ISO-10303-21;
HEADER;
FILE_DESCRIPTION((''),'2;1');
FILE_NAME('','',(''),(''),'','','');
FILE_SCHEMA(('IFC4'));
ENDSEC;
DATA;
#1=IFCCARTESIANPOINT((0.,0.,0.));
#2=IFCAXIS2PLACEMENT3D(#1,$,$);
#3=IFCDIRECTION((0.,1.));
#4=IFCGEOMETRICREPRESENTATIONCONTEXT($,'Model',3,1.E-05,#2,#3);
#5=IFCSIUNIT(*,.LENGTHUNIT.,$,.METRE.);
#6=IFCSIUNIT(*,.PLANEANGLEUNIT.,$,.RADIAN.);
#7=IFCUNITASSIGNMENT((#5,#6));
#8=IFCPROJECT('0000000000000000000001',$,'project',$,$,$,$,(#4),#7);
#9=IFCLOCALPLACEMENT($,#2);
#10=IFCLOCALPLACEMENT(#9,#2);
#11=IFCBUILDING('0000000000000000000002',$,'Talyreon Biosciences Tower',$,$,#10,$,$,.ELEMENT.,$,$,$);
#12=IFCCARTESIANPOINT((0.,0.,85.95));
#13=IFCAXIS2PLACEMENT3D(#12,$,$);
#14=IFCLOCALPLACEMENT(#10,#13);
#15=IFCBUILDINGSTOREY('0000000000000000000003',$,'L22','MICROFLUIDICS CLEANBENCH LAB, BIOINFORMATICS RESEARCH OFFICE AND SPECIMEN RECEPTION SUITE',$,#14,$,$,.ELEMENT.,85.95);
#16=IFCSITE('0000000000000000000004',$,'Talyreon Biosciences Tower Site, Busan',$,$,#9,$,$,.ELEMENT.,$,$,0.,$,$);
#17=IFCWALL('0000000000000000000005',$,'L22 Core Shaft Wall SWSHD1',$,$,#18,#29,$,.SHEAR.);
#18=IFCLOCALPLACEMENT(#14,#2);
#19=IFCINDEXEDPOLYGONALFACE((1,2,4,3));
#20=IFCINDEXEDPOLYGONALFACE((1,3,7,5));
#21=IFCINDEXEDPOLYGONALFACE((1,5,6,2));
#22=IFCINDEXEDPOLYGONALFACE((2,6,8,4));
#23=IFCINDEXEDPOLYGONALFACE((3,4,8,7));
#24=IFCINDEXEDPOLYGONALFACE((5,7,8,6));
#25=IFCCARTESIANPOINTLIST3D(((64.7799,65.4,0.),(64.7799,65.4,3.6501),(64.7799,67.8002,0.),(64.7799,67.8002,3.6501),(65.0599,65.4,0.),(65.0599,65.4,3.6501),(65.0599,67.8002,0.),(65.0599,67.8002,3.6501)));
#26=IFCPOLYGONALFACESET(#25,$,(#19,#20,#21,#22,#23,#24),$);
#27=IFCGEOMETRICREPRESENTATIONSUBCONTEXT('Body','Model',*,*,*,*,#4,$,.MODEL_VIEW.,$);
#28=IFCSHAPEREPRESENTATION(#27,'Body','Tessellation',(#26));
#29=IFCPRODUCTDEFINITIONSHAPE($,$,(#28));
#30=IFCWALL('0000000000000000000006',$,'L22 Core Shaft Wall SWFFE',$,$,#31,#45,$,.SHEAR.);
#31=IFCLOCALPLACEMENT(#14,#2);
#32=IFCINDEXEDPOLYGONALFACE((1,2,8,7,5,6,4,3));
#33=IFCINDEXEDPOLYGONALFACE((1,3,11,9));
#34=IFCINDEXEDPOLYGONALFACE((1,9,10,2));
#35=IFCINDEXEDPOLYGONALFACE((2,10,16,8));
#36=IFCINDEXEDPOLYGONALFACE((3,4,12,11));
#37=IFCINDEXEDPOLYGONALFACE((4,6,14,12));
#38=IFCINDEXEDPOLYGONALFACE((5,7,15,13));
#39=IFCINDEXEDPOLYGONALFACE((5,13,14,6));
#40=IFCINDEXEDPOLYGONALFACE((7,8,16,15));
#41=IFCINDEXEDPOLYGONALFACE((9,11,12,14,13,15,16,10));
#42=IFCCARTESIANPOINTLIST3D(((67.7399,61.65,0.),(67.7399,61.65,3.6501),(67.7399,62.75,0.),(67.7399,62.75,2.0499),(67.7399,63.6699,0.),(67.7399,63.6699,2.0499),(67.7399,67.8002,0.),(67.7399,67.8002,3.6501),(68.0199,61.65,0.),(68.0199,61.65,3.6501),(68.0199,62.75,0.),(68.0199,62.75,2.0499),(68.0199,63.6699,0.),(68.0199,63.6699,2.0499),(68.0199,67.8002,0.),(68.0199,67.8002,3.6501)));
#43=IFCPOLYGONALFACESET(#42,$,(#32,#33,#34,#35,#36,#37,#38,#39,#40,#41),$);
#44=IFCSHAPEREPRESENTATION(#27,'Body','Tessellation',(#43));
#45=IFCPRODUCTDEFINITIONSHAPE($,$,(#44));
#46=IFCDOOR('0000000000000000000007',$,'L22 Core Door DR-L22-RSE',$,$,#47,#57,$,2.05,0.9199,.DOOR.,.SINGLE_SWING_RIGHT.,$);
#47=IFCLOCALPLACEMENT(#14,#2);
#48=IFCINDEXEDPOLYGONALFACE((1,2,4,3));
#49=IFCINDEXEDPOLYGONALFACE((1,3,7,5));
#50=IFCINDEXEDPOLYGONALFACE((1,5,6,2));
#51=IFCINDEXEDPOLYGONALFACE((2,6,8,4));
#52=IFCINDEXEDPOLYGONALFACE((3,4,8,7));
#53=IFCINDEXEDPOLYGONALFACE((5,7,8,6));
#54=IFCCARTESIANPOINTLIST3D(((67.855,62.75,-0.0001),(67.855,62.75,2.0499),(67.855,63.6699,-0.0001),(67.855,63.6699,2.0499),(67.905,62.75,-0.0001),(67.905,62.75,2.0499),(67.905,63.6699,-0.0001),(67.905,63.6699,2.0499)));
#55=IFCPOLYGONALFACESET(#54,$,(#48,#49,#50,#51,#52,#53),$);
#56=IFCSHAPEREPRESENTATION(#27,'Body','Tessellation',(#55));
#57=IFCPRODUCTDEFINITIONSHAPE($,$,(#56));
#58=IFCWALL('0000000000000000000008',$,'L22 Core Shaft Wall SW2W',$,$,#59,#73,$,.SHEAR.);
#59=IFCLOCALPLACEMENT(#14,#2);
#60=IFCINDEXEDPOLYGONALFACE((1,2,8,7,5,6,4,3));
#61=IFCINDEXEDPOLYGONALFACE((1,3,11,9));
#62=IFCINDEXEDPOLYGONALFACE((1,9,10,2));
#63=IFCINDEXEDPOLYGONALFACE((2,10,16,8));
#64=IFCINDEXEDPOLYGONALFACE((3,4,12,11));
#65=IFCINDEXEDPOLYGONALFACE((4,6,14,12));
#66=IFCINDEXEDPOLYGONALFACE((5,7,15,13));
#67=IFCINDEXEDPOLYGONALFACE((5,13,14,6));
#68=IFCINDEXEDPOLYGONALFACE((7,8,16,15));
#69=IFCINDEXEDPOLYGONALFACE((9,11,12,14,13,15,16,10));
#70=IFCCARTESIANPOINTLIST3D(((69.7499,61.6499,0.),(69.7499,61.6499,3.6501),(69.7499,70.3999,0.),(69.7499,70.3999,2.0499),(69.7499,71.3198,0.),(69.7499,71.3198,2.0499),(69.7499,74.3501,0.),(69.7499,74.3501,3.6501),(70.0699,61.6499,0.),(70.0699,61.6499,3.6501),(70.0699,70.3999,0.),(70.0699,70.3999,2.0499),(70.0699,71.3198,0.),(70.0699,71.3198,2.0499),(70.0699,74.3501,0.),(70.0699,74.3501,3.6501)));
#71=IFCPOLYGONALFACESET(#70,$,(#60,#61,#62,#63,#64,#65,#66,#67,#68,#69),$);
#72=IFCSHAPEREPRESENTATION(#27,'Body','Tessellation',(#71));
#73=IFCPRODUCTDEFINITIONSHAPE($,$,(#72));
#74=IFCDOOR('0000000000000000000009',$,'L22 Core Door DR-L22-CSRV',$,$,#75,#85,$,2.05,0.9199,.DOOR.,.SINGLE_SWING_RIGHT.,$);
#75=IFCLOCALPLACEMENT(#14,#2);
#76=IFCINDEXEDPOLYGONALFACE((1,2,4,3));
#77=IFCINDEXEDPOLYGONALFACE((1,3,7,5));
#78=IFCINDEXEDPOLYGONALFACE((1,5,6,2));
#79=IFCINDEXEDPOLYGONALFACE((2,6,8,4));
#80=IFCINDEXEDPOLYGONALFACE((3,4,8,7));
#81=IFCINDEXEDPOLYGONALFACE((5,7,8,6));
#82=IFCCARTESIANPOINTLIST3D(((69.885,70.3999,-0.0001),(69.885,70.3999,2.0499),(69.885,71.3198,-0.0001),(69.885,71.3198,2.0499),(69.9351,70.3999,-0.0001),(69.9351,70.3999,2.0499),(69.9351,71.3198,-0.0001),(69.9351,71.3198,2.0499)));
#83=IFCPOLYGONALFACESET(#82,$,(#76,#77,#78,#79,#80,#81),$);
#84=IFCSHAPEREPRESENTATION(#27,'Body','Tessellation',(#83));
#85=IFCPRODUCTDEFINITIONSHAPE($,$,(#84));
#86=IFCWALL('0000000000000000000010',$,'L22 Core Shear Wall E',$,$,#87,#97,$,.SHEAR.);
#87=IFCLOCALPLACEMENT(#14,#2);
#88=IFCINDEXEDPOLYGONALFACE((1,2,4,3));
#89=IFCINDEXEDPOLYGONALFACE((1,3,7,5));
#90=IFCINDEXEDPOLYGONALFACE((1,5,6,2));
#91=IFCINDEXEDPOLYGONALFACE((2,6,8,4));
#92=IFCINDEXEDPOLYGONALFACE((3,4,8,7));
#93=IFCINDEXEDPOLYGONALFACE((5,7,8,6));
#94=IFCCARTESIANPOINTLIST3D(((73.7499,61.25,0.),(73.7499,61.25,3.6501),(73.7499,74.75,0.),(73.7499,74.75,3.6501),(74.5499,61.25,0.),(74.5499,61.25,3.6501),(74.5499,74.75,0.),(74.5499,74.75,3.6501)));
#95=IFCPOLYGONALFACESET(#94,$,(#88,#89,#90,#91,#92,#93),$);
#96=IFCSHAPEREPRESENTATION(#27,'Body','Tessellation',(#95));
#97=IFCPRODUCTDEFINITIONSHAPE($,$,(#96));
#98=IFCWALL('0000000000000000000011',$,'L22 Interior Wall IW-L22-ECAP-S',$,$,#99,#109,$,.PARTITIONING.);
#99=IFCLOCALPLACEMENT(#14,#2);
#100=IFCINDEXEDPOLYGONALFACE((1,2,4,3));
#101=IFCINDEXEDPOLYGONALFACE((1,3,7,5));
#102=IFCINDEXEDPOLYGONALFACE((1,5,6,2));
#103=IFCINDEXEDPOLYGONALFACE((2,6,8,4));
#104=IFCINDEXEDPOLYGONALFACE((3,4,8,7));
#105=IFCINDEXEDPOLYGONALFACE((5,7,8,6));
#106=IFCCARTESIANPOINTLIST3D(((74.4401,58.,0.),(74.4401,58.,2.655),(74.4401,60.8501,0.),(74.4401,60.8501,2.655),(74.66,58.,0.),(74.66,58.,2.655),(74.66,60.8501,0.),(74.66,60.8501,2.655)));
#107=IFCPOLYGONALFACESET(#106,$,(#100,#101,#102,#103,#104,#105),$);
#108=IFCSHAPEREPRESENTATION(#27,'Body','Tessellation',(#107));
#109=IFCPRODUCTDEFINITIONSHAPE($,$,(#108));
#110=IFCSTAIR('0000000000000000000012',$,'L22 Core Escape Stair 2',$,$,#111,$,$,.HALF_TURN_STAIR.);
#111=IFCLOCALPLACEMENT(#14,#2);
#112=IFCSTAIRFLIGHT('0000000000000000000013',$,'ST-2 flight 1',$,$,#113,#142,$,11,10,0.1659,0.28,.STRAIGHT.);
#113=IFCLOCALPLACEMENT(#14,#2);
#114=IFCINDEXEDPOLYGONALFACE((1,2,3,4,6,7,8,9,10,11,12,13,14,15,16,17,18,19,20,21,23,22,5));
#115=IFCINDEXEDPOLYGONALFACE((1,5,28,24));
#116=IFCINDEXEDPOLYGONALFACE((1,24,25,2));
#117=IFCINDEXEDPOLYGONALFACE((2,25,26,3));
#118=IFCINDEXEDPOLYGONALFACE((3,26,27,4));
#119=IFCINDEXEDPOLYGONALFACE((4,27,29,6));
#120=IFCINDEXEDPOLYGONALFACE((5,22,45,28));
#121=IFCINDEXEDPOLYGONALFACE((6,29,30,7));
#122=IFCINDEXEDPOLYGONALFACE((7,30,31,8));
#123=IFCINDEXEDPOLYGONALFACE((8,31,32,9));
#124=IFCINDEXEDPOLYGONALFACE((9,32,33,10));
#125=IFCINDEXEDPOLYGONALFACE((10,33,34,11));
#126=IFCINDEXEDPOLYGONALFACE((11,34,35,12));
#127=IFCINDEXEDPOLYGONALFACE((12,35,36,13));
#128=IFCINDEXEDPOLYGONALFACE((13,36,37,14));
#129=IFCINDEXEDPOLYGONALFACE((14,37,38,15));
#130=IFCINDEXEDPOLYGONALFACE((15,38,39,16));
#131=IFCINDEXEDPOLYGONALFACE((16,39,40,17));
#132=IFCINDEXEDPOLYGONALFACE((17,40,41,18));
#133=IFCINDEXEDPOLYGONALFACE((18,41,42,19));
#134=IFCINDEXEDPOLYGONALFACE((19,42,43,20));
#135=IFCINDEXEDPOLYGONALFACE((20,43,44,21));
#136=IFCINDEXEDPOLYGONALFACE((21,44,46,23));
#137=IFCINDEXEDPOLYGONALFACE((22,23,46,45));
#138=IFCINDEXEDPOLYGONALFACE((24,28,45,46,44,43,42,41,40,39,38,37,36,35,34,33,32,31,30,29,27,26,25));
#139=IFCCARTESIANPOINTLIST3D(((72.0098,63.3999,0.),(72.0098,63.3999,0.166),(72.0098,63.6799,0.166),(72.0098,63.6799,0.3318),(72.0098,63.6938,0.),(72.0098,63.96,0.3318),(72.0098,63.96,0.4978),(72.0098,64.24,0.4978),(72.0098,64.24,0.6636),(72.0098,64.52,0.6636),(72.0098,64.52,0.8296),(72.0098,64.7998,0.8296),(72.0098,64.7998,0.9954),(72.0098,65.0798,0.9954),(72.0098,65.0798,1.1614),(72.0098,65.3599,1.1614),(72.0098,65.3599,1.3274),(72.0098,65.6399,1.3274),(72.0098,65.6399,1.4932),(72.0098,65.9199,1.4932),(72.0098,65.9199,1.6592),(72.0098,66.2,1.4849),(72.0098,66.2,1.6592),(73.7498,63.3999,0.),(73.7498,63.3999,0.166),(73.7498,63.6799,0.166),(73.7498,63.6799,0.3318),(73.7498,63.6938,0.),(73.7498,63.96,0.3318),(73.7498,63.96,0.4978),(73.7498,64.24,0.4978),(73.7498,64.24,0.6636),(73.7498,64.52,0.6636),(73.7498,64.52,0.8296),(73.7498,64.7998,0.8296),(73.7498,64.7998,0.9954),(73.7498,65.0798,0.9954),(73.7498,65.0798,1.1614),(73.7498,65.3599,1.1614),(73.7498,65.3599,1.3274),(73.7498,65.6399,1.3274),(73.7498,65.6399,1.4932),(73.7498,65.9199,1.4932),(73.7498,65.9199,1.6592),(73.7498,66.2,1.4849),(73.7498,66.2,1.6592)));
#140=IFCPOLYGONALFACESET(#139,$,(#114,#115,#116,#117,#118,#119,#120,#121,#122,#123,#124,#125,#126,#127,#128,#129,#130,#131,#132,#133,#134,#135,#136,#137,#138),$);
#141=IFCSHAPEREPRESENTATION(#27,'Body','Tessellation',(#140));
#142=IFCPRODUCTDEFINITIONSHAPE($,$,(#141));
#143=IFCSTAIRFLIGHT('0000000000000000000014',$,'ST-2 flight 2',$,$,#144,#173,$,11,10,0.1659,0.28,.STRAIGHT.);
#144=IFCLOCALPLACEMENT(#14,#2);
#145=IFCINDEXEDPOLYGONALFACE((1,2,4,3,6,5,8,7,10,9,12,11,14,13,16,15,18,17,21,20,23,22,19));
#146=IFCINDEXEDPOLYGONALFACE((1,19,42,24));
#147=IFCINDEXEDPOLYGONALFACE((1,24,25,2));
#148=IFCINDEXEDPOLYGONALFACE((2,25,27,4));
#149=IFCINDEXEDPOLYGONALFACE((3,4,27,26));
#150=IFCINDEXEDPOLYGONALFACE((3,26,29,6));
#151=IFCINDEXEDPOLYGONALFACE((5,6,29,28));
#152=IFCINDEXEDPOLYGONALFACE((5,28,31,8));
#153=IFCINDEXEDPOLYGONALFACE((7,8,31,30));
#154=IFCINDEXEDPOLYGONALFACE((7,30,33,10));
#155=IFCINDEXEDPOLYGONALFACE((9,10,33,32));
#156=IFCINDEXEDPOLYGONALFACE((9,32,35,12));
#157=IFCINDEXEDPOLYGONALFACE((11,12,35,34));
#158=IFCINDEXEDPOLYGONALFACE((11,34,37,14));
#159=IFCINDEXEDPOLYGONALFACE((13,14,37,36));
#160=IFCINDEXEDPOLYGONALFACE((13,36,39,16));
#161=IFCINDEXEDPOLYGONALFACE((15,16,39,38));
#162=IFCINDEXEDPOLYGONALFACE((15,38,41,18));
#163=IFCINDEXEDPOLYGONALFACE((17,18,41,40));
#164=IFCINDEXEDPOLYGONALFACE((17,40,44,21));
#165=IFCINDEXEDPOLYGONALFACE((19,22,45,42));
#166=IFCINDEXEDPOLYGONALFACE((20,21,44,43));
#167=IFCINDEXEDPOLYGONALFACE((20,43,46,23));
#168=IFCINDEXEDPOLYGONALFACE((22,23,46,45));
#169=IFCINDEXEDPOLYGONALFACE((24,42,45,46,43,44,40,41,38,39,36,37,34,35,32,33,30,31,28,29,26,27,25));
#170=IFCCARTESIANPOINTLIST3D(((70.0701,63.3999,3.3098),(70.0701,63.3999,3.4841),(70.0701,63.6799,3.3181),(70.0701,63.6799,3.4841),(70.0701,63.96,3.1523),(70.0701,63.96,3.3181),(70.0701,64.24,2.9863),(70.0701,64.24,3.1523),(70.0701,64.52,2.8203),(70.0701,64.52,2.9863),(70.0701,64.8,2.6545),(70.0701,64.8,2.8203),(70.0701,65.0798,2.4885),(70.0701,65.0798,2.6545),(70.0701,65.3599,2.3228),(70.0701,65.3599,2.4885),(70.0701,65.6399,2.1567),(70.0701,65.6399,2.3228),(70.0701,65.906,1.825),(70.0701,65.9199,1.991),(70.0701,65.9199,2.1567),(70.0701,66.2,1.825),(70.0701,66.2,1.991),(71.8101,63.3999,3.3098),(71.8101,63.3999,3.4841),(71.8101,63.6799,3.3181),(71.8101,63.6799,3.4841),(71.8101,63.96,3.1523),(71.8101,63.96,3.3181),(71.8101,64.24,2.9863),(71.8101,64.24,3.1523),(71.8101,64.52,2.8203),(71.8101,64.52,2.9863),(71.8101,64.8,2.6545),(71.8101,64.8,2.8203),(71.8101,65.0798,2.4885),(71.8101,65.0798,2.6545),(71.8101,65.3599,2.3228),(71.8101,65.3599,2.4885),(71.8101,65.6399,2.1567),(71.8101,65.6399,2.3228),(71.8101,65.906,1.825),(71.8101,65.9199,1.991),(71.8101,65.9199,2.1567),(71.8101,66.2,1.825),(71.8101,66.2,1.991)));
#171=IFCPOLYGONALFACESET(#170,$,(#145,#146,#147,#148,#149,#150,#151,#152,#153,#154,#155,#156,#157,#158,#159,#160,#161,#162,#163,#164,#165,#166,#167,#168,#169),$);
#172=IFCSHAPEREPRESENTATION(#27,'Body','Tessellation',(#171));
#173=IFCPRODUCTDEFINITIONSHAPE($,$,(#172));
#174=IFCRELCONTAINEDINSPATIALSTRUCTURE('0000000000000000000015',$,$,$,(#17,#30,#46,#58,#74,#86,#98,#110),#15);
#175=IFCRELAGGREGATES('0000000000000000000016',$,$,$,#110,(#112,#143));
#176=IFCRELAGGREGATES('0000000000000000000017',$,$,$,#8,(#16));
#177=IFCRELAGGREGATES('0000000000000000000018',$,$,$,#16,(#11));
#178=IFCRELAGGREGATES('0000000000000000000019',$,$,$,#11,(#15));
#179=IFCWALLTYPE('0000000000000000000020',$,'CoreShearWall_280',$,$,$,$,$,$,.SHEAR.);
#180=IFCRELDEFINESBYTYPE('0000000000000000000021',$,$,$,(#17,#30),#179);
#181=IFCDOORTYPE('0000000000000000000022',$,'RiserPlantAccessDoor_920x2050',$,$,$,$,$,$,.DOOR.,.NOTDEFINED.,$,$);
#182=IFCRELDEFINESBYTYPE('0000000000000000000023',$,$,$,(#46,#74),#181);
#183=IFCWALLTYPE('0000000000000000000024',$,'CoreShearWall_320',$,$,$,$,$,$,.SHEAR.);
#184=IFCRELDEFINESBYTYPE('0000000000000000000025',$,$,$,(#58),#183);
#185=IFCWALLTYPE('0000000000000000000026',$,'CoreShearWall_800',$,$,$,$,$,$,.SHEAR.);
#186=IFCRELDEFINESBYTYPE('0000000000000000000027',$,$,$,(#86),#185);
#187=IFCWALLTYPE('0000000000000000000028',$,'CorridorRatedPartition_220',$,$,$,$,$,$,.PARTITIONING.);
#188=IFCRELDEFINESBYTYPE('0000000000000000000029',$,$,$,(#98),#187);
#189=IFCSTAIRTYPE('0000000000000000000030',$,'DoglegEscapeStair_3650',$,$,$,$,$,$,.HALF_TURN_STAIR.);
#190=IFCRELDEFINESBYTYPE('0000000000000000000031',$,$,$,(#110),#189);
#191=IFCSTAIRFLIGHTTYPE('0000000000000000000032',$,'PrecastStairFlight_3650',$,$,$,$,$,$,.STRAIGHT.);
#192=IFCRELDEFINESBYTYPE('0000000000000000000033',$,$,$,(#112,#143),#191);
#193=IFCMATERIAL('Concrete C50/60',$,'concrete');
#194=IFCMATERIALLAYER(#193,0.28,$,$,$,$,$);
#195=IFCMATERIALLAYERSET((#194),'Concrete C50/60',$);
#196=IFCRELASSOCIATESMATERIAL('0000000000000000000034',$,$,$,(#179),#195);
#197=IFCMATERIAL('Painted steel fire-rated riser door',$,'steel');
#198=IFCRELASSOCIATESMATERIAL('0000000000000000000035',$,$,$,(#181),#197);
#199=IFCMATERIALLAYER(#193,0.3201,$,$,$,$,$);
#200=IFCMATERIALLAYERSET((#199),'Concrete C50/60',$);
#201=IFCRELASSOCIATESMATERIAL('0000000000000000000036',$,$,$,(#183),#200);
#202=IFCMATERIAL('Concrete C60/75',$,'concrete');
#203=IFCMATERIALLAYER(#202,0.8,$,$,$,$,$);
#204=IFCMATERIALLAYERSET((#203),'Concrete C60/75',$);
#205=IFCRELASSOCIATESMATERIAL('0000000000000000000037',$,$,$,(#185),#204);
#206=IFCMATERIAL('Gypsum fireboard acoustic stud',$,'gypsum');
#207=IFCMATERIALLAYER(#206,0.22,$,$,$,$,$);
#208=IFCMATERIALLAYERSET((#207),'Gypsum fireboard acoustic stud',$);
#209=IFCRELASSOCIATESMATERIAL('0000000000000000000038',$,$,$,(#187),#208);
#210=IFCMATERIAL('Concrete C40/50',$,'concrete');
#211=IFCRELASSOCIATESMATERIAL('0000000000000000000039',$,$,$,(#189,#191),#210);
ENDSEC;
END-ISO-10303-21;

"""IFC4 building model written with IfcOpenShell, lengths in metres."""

from ifc_helpers import new_model, si_unit, direction, frame, frame_2d, origin, place, context, subcontext, project, spatial, polyline, rectangle, outline, extrude, material, layer, layer_set, type_object, element, fill, aggregate, save


model = new_model("IFC4")

# Units and contexts
model_context = context("Model", 3, precision=1e-05, world=origin(), true_north=direction((0.0, 1.0)))
body_context = subcontext(model_context, "Body", "Model", "MODEL_VIEW")
ifc_project = project(units=[si_unit("LENGTHUNIT", "METRE"), si_unit("PLANEANGLEUNIT", "RADIAN")], contexts=[model_context])

# Site, building, storey
site_placement = place(None, origin())
site = spatial("IfcSite", under=ifc_project, at=site_placement, Name="Talyreon Biosciences Tower Site, Busan", CompositionType="ELEMENT", RefElevation=0.0)
building_placement = place(site_placement, origin())
building = spatial("IfcBuilding", under=site, at=building_placement, Name="Talyreon Biosciences Tower", CompositionType="ELEMENT")
storey_placement = place(building_placement, frame((0.0, 0.0, 85.95)))
storey = spatial("IfcBuildingStorey", under=building, at=storey_placement, Name="L22", Description="MICROFLUIDICS CLEANBENCH LAB, BIOINFORMATICS RESEARCH OFFICE AND SPECIMEN RECEPTION SUITE", CompositionType="ELEMENT", Elevation=85.95)

# Shared definitions
ifc_material_1 = material(Name="Concrete C60/75", Category="concrete")
ifc_material_2 = material(Name="Concrete C50/60", Category="concrete")

# Wall
ifc_layer_1 = layer(ifc_material_2, 0.28)
ifc_layer_set_1 = layer_set([ifc_layer_1], Name="Concrete C50/60")
wall_type_1 = type_object("IfcWallType", Name="CoreShearWall_280", PredefinedType="SHEAR", material=ifc_layer_set_1)
wall_1_placement = place(storey_placement, frame((64.9199, 65.3999, 0.0), z_axis=(0.0, 0.0, 1.0), x_axis=(0.0, 1.0, 0.0)))
element("IfcWall", 1, at=wall_1_placement, inside=storey, type_object=wall_type_1, Name="L22 Core Shaft Wall SWSHD1", PredefinedType="SHEAR", context=body_context, shape_type="SweptSolid", body=[
    extrude(rectangle(XDim=2.4001, YDim=0.28, at=frame_2d((1.2002, 0.0))), origin(), (0.0, 0.0, 1.0), 3.6501),
])

# Walls, openings, doors
wall_2_placement = place(storey_placement, frame((67.8799, 61.6499, 0.0), z_axis=(0.0, 0.0, 1.0), x_axis=(0.0, 1.0, 0.0)))
wall_2 = element("IfcWall", 2, at=wall_2_placement, inside=storey, type_object=wall_type_1, Name="L22 Core Shaft Wall SWFFE", PredefinedType="SHEAR", context=body_context, shape_type="SweptSolid", body=[
    extrude(rectangle(XDim=6.1501, YDim=0.28, at=frame_2d((3.0752, 0.0))), origin(), (0.0, 0.0, 1.0), 3.6501),
])
opening_1_placement = place(wall_2_placement, frame((1.1001, 0.0, 0.0)))
opening_1 = element("IfcOpeningElement", 3, at=opening_1_placement, cuts=wall_2, PredefinedType="OPENING", context=body_context, shape_type="SweptSolid", body=[
    extrude(rectangle(XDim=0.9199, YDim=2.05, at=frame_2d((0.46, 1.0249))), frame((0.0, 0.1499, 0.0), z_axis=(0.0, -1.0, 0.0), x_axis=(1.0, 0.0, 0.0)), (0.0, 0.0, 1.0), 0.3),
])
ifc_material_3 = material(Name="Painted steel fire-rated riser door", Category="steel")
door_type = type_object("IfcDoorType", Name="RiserPlantAccessDoor_920x2050", OperationType="NOTDEFINED", PredefinedType="DOOR", material=ifc_material_3)
door_1_placement = place(opening_1_placement, origin())
door_1 = element("IfcDoor", 4, at=door_1_placement, inside=storey, type_object=door_type, Name="L22 Core Door DR-L22-RSE", OperationType="SINGLE_SWING_RIGHT", OverallHeight=2.05, OverallWidth=0.9199, PredefinedType="DOOR", context=body_context, shape_type="SweptSolid", body=[
    extrude(rectangle(XDim=0.9199, YDim=2.05, at=frame_2d((0.46, 1.0249))), frame((0.0, 0.0249, 0.0), z_axis=(0.0, -1.0, 0.0), x_axis=(1.0, 0.0, 0.0)), (0.0, 0.0, 1.0), 0.05),
])
fill(opening_1, door_1)
ifc_layer_2 = layer(ifc_material_2, 0.3201)
ifc_layer_set_2 = layer_set([ifc_layer_2], Name="Concrete C50/60")
wall_type_2 = type_object("IfcWallType", Name="CoreShearWall_320", PredefinedType="SHEAR", material=ifc_layer_set_2)
wall_3_placement = place(storey_placement, frame((69.9099, 61.6499, 0.0), z_axis=(0.0, 0.0, 1.0), x_axis=(0.0, 1.0, 0.0)))
wall_3 = element("IfcWall", 5, at=wall_3_placement, inside=storey, type_object=wall_type_2, Name="L22 Core Shaft Wall SW2W", PredefinedType="SHEAR", context=body_context, shape_type="SweptSolid", body=[
    extrude(rectangle(XDim=12.7002, YDim=0.3201, at=frame_2d((6.3501, 0.0))), origin(), (0.0, 0.0, 1.0), 3.6501),
])
opening_2_placement = place(wall_3_placement, frame((8.75, 0.0, 0.0)))
opening_2 = element("IfcOpeningElement", 6, at=opening_2_placement, cuts=wall_3, PredefinedType="OPENING", context=body_context, shape_type="SweptSolid", body=[
    extrude(rectangle(XDim=0.9199, YDim=2.05, at=frame_2d((0.46, 1.0249))), frame((0.0, 0.1699, 0.0), z_axis=(0.0, -1.0, 0.0), x_axis=(1.0, 0.0, 0.0)), (0.0, 0.0, 1.0), 0.3401),
])
door_2_placement = place(opening_2_placement, origin())
door_2 = element("IfcDoor", 7, at=door_2_placement, inside=storey, type_object=door_type, Name="L22 Core Door DR-L22-CSRV", OperationType="SINGLE_SWING_RIGHT", OverallHeight=2.05, OverallWidth=0.9199, PredefinedType="DOOR", context=body_context, shape_type="SweptSolid", body=[
    extrude(rectangle(XDim=0.9199, YDim=2.05, at=frame_2d((0.46, 1.0249))), frame((0.0, 0.0249, 0.0), z_axis=(0.0, -1.0, 0.0), x_axis=(1.0, 0.0, 0.0)), (0.0, 0.0, 1.0), 0.05),
])
fill(opening_2, door_2)

# Walls
ifc_layer_3 = layer(ifc_material_1, 0.8)
ifc_layer_set_3 = layer_set([ifc_layer_3], Name="Concrete C60/75")
wall_type_3 = type_object("IfcWallType", Name="CoreShearWall_800", PredefinedType="SHEAR", material=ifc_layer_set_3)
wall_4_placement = place(storey_placement, frame((74.1499, 61.25, 0.0), z_axis=(0.0, 0.0, 1.0), x_axis=(0.0, 1.0, 0.0)))
element("IfcWall", 8, at=wall_4_placement, inside=storey, type_object=wall_type_3, Name="L22 Core Shear Wall E", PredefinedType="SHEAR", context=body_context, shape_type="SweptSolid", body=[
    extrude(rectangle(XDim=13.5, YDim=0.8, at=frame_2d((6.75, 0.0))), origin(), (0.0, 0.0, 1.0), 3.6501),
])
ifc_material_4 = material(Name="Gypsum fireboard acoustic stud", Category="gypsum")
ifc_layer_4 = layer(ifc_material_4, 0.22)
ifc_layer_set_4 = layer_set([ifc_layer_4], Name="Gypsum fireboard acoustic stud")
wall_type_4 = type_object("IfcWallType", Name="CorridorRatedPartition_220", PredefinedType="PARTITIONING", material=ifc_layer_set_4)
wall_5_placement = place(storey_placement, frame((74.55, 58.0, 0.0), z_axis=(0.0, 0.0, 1.0), x_axis=(0.0, 1.0, 0.0)))
element("IfcWall", 9, at=wall_5_placement, inside=storey, type_object=wall_type_4, Name="L22 Interior Wall IW-L22-ECAP-S", PredefinedType="PARTITIONING", context=body_context, shape_type="SweptSolid", body=[
    extrude(rectangle(XDim=2.8501, YDim=0.22, at=frame_2d((1.425, 0.0))), origin(), (0.0, 0.0, 1.0), 2.655),
])

# Stair, stair flights
ifc_material_5 = material(Name="Concrete C40/50", Category="concrete")
stair_type = type_object("IfcStairType", Name="DoglegEscapeStair_3650", PredefinedType="HALF_TURN_STAIR", material=ifc_material_5)
stair_placement = place(storey_placement, origin())
stair = element("IfcStair", 10, at=stair_placement, inside=storey, type_object=stair_type, Name="L22 Core Escape Stair 2", PredefinedType="HALF_TURN_STAIR")
stair_flight_type = type_object("IfcStairFlightType", Name="PrecastStairFlight_3650", PredefinedType="STRAIGHT", material=ifc_material_5)
stair_flight_1_placement = place(storey_placement, frame((72.8799, 63.3999, 0.0), z_axis=(0.0, 0.0, 1.0), x_axis=(0.0, 1.0, 0.0)))
stair_flight_1 = element("IfcStairFlight", 11, at=stair_flight_1_placement, type_object=stair_flight_type, Name="ST-2 flight 1", NumberOfRisers=11, NumberOfTreads=10, PredefinedType="STRAIGHT", RiserHeight=0.1659, TreadLength=0.28, context=body_context, shape_type="SweptSolid", body=[
    extrude(outline(polyline([(0.0, 0.0), (0.0, 0.166), (0.28, 0.166), (0.28, 0.3318), (0.5601, 0.3318), (0.5601, 0.4978), (0.8401, 0.4978), (0.8401, 0.6636), (1.1201, 0.6636), (1.1201, 0.8296), (1.3999, 0.8296), (1.3999, 0.9954), (1.6799, 0.9954), (1.6799, 1.1614), (1.96, 1.1614), (1.96, 1.3274), (2.24, 1.3274), (2.24, 1.4932), (2.52, 1.4932), (2.52, 1.6592), (2.8, 1.6592), (2.8, 1.825), (2.8, 1.4849), (0.2939, 0.0), (0.0, 0.0)])), frame((0.0, 0.8701, 0.0), z_axis=(0.0, -1.0, 0.0), x_axis=(1.0, 0.0, 0.0)), (0.0, 0.0, 1.0), 1.74),
])
stair_flight_2_placement = place(storey_placement, frame((70.9399, 66.2, 1.825), z_axis=(0.0, 0.0, 1.0), x_axis=(0.0, -1.0, 0.0)))
stair_flight_2 = element("IfcStairFlight", 12, at=stair_flight_2_placement, type_object=stair_flight_type, Name="ST-2 flight 2", NumberOfRisers=11, NumberOfTreads=10, PredefinedType="STRAIGHT", RiserHeight=0.1659, TreadLength=0.28, context=body_context, shape_type="SweptSolid", body=[
    extrude(outline(polyline([(0.0, 0.0), (0.0, 0.166), (0.28, 0.166), (0.28, 0.3318), (0.5601, 0.3318), (0.5601, 0.4978), (0.8401, 0.4978), (0.8401, 0.6636), (1.1201, 0.6636), (1.1201, 0.8296), (1.3999, 0.8296), (1.3999, 0.9954), (1.6799, 0.9954), (1.6799, 1.1614), (1.96, 1.1614), (1.96, 1.3274), (2.24, 1.3274), (2.24, 1.4932), (2.52, 1.4932), (2.52, 1.6592), (2.8, 1.6592), (2.8, 1.825), (2.8, 1.4849), (0.2939, 0.0), (0.0, 0.0)])), frame((0.0, 0.8701, 0.0), z_axis=(0.0, -1.0, 0.0), x_axis=(1.0, 0.0, 0.0)), (0.0, 0.0, 1.0), 1.74),
])
aggregate(stair, [stair_flight_1, stair_flight_2])

save(model, "model.ifc")
